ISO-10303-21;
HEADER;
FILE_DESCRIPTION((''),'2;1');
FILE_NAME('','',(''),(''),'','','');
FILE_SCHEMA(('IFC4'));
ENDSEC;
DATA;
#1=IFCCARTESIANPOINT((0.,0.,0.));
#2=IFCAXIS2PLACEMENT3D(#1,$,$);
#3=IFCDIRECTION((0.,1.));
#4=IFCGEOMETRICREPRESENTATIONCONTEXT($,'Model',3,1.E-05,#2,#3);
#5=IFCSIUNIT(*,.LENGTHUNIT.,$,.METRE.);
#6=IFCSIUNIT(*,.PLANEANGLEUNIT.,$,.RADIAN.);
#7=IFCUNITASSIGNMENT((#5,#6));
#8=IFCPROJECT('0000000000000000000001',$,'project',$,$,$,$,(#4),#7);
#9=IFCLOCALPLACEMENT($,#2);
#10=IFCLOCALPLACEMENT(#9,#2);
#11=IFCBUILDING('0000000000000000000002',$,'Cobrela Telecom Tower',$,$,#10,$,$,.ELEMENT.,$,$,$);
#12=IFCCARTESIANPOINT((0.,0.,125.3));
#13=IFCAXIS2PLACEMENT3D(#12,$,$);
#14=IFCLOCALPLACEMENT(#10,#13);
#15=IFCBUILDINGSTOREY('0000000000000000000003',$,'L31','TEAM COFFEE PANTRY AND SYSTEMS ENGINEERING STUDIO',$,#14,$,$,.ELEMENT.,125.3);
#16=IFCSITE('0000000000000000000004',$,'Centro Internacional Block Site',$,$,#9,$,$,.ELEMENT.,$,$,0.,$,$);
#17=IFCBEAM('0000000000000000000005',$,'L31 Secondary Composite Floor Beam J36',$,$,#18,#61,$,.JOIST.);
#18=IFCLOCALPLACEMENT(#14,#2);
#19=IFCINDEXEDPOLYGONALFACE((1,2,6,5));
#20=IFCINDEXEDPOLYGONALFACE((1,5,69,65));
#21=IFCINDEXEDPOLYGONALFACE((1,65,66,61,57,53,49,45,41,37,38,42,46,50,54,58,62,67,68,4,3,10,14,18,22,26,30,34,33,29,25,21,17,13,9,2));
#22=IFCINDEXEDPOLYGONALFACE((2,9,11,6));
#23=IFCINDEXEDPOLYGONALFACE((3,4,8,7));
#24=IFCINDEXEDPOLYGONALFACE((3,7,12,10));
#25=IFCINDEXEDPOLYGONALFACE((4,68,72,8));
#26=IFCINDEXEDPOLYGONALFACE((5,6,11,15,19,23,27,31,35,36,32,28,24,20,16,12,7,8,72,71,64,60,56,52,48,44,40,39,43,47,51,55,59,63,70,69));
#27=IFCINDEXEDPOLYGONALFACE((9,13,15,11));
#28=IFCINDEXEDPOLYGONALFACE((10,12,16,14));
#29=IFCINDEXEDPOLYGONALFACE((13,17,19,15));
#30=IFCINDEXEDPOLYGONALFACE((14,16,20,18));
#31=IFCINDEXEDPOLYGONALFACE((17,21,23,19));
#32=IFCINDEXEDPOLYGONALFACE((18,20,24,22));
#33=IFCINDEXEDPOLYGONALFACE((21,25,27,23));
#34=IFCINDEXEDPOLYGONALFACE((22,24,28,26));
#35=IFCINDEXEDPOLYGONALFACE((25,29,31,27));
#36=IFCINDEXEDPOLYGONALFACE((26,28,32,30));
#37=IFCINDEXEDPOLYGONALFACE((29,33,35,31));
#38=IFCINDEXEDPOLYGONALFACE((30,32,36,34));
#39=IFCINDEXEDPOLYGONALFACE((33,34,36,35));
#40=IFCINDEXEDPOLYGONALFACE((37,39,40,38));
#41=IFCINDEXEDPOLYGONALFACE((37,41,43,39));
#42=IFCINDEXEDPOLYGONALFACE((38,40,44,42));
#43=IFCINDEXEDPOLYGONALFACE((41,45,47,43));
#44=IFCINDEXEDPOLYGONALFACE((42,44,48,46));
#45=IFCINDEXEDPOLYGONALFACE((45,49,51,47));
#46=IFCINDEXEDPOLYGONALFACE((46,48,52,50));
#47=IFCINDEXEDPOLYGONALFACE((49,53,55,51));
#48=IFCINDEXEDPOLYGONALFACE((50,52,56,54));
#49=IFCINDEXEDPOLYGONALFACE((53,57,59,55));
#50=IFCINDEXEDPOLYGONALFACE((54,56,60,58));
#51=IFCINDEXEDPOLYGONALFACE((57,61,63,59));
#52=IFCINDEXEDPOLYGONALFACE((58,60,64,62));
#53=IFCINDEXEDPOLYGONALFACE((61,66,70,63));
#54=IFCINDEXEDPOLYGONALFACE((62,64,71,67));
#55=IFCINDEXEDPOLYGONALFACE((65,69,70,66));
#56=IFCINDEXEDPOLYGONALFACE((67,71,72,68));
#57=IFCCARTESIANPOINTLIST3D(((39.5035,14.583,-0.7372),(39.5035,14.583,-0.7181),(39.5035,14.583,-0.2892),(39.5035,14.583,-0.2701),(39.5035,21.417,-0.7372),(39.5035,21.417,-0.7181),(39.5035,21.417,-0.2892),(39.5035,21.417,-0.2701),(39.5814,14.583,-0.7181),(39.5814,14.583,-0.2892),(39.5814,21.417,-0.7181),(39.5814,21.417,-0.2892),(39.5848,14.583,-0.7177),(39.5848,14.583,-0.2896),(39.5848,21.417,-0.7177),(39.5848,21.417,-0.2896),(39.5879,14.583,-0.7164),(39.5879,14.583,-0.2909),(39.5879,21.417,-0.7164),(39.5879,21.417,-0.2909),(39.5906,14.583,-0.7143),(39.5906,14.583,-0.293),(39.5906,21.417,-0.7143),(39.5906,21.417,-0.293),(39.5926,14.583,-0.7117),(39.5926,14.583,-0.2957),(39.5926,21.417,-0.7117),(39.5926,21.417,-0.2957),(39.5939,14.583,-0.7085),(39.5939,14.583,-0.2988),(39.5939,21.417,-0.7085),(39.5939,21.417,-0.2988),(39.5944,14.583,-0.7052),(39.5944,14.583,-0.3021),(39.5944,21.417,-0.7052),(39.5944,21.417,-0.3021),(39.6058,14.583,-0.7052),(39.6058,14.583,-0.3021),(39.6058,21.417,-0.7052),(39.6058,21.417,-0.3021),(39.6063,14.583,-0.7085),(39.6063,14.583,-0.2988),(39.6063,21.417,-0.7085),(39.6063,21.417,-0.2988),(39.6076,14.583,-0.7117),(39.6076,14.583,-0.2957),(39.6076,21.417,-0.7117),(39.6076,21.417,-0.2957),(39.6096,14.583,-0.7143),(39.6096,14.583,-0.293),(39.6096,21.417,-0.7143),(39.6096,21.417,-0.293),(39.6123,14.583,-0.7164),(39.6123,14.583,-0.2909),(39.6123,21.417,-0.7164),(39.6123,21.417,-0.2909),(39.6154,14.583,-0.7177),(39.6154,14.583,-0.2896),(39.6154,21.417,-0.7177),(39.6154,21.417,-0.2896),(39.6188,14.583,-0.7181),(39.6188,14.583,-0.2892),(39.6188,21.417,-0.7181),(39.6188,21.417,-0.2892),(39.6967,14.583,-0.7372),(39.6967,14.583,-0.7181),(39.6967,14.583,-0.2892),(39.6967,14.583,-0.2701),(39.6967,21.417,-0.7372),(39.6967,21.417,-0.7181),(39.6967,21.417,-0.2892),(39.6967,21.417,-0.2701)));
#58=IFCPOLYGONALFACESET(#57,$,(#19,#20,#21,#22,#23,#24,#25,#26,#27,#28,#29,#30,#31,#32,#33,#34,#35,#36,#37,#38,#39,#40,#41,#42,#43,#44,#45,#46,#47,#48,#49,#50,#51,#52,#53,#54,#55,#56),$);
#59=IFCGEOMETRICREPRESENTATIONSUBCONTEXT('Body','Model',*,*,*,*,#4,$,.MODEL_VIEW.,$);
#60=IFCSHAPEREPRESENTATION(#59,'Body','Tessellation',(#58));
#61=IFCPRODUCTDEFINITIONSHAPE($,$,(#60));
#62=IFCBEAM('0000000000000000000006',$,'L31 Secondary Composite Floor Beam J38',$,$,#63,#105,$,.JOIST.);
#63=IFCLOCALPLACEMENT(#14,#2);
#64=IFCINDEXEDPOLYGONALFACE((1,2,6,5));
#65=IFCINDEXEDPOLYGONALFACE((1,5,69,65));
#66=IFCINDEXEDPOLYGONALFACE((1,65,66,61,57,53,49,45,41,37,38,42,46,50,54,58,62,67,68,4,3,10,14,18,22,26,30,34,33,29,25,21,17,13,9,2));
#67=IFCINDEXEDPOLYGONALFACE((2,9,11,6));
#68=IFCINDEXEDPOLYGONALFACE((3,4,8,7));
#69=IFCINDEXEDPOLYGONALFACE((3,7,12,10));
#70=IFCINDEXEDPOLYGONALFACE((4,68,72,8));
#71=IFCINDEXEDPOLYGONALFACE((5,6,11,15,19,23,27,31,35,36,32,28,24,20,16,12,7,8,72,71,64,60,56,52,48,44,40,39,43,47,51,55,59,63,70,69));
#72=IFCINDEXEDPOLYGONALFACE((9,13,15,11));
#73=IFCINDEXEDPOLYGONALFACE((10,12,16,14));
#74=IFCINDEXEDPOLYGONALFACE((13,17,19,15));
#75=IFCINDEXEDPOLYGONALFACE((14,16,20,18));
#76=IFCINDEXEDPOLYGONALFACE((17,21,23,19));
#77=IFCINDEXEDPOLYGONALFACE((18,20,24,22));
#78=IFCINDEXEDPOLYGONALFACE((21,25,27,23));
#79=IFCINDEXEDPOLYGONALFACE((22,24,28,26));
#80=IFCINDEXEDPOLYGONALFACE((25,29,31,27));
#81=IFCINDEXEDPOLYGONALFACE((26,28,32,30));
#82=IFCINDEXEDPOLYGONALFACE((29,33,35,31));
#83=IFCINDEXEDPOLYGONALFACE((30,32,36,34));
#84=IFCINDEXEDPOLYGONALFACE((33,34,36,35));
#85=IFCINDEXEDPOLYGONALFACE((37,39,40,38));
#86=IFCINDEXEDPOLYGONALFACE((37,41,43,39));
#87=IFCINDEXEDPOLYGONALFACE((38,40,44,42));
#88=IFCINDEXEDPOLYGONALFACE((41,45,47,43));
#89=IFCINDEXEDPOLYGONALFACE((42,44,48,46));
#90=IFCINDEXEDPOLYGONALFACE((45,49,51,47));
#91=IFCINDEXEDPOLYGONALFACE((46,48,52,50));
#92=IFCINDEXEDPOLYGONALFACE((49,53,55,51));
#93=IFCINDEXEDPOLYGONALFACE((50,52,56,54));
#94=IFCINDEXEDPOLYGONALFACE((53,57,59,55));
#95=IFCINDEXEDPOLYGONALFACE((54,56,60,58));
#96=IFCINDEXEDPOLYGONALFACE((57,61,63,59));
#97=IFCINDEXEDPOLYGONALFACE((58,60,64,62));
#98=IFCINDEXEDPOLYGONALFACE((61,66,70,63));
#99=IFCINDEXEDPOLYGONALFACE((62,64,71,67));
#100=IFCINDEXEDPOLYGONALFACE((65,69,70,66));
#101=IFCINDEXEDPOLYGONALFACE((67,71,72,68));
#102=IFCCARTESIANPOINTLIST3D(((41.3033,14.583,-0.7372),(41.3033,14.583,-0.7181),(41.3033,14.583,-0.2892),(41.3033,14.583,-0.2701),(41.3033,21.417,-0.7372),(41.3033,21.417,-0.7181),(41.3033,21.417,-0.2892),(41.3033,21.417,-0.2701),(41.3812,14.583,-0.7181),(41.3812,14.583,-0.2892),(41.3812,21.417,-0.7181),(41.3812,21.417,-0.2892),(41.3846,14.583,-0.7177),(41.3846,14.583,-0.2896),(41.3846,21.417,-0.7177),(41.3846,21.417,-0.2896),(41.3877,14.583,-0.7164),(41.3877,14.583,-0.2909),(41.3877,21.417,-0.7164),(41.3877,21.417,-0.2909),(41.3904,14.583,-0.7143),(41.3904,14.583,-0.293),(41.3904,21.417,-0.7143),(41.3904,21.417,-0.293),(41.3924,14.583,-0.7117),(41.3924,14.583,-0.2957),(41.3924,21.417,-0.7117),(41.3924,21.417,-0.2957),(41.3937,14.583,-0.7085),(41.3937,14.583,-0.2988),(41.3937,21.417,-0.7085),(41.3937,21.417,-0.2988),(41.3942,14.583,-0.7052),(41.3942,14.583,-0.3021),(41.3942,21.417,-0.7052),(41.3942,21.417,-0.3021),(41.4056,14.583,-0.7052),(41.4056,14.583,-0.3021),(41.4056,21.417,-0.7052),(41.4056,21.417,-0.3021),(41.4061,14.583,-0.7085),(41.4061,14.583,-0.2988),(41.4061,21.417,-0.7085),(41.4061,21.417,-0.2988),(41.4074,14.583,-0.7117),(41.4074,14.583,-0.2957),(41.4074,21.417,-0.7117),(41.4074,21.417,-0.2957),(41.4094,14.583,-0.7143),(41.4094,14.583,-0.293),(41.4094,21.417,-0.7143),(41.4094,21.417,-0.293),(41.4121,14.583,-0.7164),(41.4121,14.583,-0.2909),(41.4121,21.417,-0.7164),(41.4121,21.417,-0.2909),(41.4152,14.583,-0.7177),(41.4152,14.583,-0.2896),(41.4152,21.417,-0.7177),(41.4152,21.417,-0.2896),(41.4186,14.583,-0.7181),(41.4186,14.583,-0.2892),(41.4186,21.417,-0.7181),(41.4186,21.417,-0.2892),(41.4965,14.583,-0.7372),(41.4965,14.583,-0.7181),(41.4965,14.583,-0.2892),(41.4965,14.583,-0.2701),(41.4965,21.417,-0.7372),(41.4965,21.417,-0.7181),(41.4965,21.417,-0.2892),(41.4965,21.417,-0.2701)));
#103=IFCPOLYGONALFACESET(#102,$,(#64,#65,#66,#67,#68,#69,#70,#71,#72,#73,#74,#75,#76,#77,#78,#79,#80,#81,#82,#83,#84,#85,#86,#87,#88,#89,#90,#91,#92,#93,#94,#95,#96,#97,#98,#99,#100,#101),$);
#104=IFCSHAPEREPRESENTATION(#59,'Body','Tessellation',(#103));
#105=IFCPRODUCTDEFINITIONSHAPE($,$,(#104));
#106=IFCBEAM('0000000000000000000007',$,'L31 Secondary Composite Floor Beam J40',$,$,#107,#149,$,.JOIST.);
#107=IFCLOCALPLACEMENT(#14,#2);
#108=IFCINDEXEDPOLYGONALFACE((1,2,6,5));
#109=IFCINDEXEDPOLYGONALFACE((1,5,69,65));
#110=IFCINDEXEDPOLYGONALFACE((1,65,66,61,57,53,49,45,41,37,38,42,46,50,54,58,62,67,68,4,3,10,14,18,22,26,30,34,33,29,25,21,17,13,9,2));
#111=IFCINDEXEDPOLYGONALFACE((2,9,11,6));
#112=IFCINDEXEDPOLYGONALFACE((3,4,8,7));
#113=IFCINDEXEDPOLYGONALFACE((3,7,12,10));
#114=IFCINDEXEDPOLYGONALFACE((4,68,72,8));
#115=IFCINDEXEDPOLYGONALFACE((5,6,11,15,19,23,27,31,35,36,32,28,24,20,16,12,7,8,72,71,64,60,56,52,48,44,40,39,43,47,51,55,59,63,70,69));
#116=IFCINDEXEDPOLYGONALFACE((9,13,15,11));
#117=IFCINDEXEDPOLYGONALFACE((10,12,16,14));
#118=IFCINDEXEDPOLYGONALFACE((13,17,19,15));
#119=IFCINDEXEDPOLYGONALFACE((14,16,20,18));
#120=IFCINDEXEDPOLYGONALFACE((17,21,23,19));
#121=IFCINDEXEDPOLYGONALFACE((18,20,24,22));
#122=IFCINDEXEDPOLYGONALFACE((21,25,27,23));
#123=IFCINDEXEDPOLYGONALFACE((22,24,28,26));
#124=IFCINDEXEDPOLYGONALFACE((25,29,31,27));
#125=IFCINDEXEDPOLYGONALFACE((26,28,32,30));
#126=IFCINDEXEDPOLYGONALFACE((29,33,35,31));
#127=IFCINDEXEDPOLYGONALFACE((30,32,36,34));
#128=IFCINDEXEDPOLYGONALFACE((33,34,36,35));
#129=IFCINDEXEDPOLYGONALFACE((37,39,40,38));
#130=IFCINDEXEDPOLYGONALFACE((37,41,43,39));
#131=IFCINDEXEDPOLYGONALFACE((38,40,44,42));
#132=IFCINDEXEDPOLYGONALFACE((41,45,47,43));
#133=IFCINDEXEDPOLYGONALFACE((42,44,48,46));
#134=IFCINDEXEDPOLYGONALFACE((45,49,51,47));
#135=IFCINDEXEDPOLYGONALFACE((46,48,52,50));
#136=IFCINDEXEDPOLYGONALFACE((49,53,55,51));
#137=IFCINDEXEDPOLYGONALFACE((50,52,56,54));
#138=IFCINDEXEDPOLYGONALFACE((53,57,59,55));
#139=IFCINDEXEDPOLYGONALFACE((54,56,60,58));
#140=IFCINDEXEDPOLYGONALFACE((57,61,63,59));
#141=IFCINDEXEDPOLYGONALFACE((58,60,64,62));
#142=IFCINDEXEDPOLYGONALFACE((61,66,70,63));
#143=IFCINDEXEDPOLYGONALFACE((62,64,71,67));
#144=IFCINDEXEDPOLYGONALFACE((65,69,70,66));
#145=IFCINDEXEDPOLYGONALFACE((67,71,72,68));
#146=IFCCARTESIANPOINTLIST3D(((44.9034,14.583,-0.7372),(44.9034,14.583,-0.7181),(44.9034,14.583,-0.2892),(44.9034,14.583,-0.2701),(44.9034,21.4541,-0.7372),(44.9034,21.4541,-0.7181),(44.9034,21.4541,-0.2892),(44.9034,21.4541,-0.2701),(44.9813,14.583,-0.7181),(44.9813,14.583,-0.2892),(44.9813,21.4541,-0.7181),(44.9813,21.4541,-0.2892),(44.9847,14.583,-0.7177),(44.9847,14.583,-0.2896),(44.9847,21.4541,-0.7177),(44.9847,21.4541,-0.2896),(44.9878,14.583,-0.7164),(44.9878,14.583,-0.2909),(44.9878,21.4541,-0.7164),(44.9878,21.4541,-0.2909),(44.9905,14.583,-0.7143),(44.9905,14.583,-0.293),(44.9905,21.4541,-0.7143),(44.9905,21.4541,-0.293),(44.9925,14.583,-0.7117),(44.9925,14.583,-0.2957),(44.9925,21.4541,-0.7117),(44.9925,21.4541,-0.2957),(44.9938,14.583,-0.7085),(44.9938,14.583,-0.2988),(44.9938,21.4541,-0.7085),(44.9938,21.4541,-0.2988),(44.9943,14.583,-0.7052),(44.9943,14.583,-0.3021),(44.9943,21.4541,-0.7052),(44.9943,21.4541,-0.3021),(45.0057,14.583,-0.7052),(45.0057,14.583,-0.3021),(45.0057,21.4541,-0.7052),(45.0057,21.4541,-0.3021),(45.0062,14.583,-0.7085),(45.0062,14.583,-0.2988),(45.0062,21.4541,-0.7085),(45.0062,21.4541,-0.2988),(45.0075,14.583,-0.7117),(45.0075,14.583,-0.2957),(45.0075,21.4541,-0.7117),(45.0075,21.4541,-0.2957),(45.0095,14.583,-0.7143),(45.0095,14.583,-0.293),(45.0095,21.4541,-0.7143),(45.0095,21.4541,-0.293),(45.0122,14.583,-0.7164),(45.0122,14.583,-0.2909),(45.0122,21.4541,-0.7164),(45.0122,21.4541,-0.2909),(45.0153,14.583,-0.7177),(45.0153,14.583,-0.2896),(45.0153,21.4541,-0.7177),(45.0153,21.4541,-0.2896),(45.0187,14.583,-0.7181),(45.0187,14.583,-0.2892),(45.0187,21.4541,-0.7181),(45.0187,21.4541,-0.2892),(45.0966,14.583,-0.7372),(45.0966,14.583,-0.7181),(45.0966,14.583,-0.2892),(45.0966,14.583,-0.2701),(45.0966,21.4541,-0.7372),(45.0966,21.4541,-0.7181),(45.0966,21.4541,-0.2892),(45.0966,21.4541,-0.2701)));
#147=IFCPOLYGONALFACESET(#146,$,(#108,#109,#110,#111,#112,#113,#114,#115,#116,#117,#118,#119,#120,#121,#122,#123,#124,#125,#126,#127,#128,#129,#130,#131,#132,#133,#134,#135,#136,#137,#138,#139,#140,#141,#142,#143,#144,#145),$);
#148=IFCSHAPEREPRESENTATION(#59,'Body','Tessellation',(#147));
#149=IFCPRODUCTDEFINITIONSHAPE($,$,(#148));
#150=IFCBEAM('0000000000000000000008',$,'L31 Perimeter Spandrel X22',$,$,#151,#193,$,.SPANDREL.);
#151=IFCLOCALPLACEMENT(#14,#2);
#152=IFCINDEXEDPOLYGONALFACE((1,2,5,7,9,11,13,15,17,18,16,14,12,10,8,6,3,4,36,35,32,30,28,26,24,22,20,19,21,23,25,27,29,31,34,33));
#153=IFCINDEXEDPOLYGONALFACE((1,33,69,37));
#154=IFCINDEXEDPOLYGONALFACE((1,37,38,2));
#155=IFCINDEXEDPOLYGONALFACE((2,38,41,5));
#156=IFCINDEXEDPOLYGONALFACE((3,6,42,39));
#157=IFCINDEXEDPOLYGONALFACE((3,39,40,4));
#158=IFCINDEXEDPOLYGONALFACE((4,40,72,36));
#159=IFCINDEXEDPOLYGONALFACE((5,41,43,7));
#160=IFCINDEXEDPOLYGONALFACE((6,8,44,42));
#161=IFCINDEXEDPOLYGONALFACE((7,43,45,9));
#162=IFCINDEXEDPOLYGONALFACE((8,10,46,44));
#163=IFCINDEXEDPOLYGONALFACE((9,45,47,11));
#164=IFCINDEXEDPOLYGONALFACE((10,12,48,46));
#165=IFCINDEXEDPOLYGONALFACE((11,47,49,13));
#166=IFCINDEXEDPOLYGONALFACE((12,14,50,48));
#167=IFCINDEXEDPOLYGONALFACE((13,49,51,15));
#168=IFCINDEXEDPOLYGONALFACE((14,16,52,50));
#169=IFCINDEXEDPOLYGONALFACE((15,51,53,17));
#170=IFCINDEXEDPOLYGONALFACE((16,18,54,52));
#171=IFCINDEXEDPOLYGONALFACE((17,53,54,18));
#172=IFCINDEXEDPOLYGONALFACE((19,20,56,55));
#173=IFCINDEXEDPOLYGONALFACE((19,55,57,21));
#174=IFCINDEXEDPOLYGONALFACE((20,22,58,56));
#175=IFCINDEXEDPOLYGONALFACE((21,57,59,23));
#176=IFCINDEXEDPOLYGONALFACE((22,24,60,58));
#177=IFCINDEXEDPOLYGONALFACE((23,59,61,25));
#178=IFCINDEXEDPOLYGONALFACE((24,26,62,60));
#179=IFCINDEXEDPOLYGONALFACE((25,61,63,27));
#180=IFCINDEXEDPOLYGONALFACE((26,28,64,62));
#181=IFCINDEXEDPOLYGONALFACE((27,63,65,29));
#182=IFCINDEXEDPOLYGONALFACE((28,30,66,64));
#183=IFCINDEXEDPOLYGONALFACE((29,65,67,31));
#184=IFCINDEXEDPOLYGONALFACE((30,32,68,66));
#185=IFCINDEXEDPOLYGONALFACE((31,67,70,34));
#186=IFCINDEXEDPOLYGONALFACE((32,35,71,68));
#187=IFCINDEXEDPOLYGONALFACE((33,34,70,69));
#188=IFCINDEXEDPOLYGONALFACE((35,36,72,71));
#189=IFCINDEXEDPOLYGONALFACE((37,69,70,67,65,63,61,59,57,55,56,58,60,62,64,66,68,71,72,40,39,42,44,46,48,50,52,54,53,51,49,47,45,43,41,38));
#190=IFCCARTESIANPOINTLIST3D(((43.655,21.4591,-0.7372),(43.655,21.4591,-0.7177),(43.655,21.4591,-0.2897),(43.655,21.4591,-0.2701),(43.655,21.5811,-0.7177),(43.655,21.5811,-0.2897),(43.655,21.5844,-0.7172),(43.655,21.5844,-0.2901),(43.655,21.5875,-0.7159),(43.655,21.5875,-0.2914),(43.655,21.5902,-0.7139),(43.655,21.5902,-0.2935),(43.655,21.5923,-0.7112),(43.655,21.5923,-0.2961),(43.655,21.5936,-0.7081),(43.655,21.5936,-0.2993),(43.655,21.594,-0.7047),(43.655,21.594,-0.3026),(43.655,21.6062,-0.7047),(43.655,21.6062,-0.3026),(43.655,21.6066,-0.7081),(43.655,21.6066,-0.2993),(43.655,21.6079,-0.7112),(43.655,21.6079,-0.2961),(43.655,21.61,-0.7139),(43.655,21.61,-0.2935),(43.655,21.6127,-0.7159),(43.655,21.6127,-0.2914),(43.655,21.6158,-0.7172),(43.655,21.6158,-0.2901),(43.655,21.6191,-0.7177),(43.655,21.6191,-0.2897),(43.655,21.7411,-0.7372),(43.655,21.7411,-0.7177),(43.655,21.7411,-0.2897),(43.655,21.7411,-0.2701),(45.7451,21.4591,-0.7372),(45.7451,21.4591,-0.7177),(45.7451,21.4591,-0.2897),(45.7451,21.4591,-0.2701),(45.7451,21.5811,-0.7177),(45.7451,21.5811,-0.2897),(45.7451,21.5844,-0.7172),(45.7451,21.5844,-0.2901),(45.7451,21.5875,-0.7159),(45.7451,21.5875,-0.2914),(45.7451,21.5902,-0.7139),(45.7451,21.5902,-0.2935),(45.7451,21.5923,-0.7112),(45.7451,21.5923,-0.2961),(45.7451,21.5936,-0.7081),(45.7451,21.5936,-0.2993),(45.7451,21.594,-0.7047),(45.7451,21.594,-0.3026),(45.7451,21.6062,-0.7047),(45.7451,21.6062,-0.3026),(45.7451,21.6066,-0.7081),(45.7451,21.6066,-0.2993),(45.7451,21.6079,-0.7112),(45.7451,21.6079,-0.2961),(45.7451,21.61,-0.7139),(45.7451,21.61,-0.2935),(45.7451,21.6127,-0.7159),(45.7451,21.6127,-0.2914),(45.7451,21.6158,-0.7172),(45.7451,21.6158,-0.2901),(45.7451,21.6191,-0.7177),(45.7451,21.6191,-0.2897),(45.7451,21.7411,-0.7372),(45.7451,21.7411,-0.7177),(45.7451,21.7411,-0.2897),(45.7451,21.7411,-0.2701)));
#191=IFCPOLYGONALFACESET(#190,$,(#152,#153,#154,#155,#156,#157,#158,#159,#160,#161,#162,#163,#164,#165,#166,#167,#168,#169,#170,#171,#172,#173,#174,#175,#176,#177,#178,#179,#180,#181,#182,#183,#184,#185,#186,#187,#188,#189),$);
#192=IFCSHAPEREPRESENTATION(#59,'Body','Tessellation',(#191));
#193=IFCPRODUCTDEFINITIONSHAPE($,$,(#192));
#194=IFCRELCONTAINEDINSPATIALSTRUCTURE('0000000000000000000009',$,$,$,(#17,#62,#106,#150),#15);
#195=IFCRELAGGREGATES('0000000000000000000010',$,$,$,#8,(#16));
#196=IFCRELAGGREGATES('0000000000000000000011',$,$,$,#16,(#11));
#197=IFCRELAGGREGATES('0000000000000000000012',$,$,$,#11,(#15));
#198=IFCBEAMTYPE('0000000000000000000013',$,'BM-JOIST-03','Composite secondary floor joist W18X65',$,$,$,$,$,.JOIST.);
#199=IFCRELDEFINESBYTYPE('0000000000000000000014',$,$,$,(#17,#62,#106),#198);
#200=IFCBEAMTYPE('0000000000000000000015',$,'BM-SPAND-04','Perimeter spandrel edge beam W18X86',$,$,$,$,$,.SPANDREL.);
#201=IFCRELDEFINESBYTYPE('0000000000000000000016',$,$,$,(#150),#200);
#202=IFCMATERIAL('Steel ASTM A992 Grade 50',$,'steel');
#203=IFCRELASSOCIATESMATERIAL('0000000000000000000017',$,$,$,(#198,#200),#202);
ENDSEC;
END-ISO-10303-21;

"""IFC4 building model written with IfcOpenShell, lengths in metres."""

from ifc_helpers import new_model, si_unit, direction, frame, origin, origin_2d, place, context, subcontext, project, spatial, i_section, extrude, material, material_profile, profile_set, type_object, element, save


model = new_model("IFC4")

# Units and contexts
model_context = context("Model", 3, precision=1e-05, world=origin(), true_north=direction((0.0, 1.0)))
body_context = subcontext(model_context, "Body", "Model", "MODEL_VIEW")
ifc_project = project(units=[si_unit("LENGTHUNIT", "METRE"), si_unit("PLANEANGLEUNIT", "RADIAN")], contexts=[model_context])

# Site, building, storey
site_placement = place(None, origin())
site = spatial("IfcSite", under=ifc_project, at=site_placement, Name="Centro Internacional Block Site", CompositionType="ELEMENT", RefElevation=0.0)
building_placement = place(site_placement, origin())
building = spatial("IfcBuilding", under=site, at=building_placement, Name="Cobrela Telecom Tower", CompositionType="ELEMENT")
storey_placement = place(building_placement, frame((0.0, 0.0, 125.3)))
storey = spatial("IfcBuildingStorey", under=building, at=storey_placement, Name="L31", Description="TEAM COFFEE PANTRY AND SYSTEMS ENGINEERING STUDIO", CompositionType="ELEMENT", Elevation=125.3)

# Shared definitions
ifc_material_1 = material(Name="Steel ASTM A992 Grade 50", Category="steel")

# Beams
ifc_material_profile_1 = material_profile(ifc_material_1, i_section(OverallWidth=0.1931, OverallDepth=0.467, WebThickness=0.0115, FlangeThickness=0.019, FilletRadius=0.0129, at=origin_2d()), Name="W18X65")
ifc_profile_set_1 = profile_set([ifc_material_profile_1], Name="Steel ASTM A992 Grade 50")
beam_type_1 = type_object("IfcBeamType", Name="BM-JOIST-03", Description="Composite secondary floor joist W18X65", PredefinedType="JOIST", material=ifc_profile_set_1)
for number, where, z_axis, x_axis, name in (
    (1, (39.6001, 14.583, -0.5037), (0.0, 1.0, 0.0), (-1.0, 0.0, 0.0), "L31 Secondary Composite Floor Beam J36"),
    (2, (41.3999, 14.583, -0.5037), (0.0, 1.0, 0.0), (-1.0, 0.0, 0.0), "L31 Secondary Composite Floor Beam J38"),
):
    element("IfcBeam", number, at=place(storey_placement, frame(where, z_axis=z_axis, x_axis=x_axis)), inside=storey, type_object=beam_type_1, Name=name, PredefinedType="JOIST", context=body_context, shape_type="SweptSolid", body=[
        extrude(i_section(OverallWidth=0.1931, OverallDepth=0.467, WebThickness=0.0115, FlangeThickness=0.019, FilletRadius=0.0129, at=origin_2d()), origin(), (0.0, 0.0, 1.0), 6.834),
    ])
beam_1_placement = place(storey_placement, frame((45.0, 14.583, -0.5037), z_axis=(0.0, 1.0, 0.0), x_axis=(-1.0, 0.0, 0.0)))
element("IfcBeam", 3, at=beam_1_placement, inside=storey, type_object=beam_type_1, Name="L31 Secondary Composite Floor Beam J40", PredefinedType="JOIST", context=body_context, shape_type="SweptSolid", body=[
    extrude(i_section(OverallWidth=0.1931, OverallDepth=0.467, WebThickness=0.0115, FlangeThickness=0.019, FilletRadius=0.0129, at=origin_2d()), origin(), (0.0, 0.0, 1.0), 6.8711),
])
ifc_material_profile_2 = material_profile(ifc_material_1, i_section(OverallWidth=0.282, OverallDepth=0.467, WebThickness=0.0122, FlangeThickness=0.0195, FilletRadius=0.0129, at=origin_2d()), Name="W18X86")
ifc_profile_set_2 = profile_set([ifc_material_profile_2], Name="Steel ASTM A992 Grade 50")
beam_type_2 = type_object("IfcBeamType", Name="BM-SPAND-04", Description="Perimeter spandrel edge beam W18X86", PredefinedType="SPANDREL", material=ifc_profile_set_2)
beam_2_placement = place(storey_placement, frame((43.655, 21.6001, -0.5037), z_axis=(1.0, 0.0, 0.0), x_axis=(0.0, 1.0, 0.0)))
element("IfcBeam", 4, at=beam_2_placement, inside=storey, type_object=beam_type_2, Name="L31 Perimeter Spandrel X22", PredefinedType="SPANDREL", context=body_context, shape_type="SweptSolid", body=[
    extrude(i_section(OverallWidth=0.282, OverallDepth=0.467, WebThickness=0.0122, FlangeThickness=0.0195, FilletRadius=0.0129, at=origin_2d()), origin(), (0.0, 0.0, 1.0), 2.0901),
])

save(model, "model.ifc")
